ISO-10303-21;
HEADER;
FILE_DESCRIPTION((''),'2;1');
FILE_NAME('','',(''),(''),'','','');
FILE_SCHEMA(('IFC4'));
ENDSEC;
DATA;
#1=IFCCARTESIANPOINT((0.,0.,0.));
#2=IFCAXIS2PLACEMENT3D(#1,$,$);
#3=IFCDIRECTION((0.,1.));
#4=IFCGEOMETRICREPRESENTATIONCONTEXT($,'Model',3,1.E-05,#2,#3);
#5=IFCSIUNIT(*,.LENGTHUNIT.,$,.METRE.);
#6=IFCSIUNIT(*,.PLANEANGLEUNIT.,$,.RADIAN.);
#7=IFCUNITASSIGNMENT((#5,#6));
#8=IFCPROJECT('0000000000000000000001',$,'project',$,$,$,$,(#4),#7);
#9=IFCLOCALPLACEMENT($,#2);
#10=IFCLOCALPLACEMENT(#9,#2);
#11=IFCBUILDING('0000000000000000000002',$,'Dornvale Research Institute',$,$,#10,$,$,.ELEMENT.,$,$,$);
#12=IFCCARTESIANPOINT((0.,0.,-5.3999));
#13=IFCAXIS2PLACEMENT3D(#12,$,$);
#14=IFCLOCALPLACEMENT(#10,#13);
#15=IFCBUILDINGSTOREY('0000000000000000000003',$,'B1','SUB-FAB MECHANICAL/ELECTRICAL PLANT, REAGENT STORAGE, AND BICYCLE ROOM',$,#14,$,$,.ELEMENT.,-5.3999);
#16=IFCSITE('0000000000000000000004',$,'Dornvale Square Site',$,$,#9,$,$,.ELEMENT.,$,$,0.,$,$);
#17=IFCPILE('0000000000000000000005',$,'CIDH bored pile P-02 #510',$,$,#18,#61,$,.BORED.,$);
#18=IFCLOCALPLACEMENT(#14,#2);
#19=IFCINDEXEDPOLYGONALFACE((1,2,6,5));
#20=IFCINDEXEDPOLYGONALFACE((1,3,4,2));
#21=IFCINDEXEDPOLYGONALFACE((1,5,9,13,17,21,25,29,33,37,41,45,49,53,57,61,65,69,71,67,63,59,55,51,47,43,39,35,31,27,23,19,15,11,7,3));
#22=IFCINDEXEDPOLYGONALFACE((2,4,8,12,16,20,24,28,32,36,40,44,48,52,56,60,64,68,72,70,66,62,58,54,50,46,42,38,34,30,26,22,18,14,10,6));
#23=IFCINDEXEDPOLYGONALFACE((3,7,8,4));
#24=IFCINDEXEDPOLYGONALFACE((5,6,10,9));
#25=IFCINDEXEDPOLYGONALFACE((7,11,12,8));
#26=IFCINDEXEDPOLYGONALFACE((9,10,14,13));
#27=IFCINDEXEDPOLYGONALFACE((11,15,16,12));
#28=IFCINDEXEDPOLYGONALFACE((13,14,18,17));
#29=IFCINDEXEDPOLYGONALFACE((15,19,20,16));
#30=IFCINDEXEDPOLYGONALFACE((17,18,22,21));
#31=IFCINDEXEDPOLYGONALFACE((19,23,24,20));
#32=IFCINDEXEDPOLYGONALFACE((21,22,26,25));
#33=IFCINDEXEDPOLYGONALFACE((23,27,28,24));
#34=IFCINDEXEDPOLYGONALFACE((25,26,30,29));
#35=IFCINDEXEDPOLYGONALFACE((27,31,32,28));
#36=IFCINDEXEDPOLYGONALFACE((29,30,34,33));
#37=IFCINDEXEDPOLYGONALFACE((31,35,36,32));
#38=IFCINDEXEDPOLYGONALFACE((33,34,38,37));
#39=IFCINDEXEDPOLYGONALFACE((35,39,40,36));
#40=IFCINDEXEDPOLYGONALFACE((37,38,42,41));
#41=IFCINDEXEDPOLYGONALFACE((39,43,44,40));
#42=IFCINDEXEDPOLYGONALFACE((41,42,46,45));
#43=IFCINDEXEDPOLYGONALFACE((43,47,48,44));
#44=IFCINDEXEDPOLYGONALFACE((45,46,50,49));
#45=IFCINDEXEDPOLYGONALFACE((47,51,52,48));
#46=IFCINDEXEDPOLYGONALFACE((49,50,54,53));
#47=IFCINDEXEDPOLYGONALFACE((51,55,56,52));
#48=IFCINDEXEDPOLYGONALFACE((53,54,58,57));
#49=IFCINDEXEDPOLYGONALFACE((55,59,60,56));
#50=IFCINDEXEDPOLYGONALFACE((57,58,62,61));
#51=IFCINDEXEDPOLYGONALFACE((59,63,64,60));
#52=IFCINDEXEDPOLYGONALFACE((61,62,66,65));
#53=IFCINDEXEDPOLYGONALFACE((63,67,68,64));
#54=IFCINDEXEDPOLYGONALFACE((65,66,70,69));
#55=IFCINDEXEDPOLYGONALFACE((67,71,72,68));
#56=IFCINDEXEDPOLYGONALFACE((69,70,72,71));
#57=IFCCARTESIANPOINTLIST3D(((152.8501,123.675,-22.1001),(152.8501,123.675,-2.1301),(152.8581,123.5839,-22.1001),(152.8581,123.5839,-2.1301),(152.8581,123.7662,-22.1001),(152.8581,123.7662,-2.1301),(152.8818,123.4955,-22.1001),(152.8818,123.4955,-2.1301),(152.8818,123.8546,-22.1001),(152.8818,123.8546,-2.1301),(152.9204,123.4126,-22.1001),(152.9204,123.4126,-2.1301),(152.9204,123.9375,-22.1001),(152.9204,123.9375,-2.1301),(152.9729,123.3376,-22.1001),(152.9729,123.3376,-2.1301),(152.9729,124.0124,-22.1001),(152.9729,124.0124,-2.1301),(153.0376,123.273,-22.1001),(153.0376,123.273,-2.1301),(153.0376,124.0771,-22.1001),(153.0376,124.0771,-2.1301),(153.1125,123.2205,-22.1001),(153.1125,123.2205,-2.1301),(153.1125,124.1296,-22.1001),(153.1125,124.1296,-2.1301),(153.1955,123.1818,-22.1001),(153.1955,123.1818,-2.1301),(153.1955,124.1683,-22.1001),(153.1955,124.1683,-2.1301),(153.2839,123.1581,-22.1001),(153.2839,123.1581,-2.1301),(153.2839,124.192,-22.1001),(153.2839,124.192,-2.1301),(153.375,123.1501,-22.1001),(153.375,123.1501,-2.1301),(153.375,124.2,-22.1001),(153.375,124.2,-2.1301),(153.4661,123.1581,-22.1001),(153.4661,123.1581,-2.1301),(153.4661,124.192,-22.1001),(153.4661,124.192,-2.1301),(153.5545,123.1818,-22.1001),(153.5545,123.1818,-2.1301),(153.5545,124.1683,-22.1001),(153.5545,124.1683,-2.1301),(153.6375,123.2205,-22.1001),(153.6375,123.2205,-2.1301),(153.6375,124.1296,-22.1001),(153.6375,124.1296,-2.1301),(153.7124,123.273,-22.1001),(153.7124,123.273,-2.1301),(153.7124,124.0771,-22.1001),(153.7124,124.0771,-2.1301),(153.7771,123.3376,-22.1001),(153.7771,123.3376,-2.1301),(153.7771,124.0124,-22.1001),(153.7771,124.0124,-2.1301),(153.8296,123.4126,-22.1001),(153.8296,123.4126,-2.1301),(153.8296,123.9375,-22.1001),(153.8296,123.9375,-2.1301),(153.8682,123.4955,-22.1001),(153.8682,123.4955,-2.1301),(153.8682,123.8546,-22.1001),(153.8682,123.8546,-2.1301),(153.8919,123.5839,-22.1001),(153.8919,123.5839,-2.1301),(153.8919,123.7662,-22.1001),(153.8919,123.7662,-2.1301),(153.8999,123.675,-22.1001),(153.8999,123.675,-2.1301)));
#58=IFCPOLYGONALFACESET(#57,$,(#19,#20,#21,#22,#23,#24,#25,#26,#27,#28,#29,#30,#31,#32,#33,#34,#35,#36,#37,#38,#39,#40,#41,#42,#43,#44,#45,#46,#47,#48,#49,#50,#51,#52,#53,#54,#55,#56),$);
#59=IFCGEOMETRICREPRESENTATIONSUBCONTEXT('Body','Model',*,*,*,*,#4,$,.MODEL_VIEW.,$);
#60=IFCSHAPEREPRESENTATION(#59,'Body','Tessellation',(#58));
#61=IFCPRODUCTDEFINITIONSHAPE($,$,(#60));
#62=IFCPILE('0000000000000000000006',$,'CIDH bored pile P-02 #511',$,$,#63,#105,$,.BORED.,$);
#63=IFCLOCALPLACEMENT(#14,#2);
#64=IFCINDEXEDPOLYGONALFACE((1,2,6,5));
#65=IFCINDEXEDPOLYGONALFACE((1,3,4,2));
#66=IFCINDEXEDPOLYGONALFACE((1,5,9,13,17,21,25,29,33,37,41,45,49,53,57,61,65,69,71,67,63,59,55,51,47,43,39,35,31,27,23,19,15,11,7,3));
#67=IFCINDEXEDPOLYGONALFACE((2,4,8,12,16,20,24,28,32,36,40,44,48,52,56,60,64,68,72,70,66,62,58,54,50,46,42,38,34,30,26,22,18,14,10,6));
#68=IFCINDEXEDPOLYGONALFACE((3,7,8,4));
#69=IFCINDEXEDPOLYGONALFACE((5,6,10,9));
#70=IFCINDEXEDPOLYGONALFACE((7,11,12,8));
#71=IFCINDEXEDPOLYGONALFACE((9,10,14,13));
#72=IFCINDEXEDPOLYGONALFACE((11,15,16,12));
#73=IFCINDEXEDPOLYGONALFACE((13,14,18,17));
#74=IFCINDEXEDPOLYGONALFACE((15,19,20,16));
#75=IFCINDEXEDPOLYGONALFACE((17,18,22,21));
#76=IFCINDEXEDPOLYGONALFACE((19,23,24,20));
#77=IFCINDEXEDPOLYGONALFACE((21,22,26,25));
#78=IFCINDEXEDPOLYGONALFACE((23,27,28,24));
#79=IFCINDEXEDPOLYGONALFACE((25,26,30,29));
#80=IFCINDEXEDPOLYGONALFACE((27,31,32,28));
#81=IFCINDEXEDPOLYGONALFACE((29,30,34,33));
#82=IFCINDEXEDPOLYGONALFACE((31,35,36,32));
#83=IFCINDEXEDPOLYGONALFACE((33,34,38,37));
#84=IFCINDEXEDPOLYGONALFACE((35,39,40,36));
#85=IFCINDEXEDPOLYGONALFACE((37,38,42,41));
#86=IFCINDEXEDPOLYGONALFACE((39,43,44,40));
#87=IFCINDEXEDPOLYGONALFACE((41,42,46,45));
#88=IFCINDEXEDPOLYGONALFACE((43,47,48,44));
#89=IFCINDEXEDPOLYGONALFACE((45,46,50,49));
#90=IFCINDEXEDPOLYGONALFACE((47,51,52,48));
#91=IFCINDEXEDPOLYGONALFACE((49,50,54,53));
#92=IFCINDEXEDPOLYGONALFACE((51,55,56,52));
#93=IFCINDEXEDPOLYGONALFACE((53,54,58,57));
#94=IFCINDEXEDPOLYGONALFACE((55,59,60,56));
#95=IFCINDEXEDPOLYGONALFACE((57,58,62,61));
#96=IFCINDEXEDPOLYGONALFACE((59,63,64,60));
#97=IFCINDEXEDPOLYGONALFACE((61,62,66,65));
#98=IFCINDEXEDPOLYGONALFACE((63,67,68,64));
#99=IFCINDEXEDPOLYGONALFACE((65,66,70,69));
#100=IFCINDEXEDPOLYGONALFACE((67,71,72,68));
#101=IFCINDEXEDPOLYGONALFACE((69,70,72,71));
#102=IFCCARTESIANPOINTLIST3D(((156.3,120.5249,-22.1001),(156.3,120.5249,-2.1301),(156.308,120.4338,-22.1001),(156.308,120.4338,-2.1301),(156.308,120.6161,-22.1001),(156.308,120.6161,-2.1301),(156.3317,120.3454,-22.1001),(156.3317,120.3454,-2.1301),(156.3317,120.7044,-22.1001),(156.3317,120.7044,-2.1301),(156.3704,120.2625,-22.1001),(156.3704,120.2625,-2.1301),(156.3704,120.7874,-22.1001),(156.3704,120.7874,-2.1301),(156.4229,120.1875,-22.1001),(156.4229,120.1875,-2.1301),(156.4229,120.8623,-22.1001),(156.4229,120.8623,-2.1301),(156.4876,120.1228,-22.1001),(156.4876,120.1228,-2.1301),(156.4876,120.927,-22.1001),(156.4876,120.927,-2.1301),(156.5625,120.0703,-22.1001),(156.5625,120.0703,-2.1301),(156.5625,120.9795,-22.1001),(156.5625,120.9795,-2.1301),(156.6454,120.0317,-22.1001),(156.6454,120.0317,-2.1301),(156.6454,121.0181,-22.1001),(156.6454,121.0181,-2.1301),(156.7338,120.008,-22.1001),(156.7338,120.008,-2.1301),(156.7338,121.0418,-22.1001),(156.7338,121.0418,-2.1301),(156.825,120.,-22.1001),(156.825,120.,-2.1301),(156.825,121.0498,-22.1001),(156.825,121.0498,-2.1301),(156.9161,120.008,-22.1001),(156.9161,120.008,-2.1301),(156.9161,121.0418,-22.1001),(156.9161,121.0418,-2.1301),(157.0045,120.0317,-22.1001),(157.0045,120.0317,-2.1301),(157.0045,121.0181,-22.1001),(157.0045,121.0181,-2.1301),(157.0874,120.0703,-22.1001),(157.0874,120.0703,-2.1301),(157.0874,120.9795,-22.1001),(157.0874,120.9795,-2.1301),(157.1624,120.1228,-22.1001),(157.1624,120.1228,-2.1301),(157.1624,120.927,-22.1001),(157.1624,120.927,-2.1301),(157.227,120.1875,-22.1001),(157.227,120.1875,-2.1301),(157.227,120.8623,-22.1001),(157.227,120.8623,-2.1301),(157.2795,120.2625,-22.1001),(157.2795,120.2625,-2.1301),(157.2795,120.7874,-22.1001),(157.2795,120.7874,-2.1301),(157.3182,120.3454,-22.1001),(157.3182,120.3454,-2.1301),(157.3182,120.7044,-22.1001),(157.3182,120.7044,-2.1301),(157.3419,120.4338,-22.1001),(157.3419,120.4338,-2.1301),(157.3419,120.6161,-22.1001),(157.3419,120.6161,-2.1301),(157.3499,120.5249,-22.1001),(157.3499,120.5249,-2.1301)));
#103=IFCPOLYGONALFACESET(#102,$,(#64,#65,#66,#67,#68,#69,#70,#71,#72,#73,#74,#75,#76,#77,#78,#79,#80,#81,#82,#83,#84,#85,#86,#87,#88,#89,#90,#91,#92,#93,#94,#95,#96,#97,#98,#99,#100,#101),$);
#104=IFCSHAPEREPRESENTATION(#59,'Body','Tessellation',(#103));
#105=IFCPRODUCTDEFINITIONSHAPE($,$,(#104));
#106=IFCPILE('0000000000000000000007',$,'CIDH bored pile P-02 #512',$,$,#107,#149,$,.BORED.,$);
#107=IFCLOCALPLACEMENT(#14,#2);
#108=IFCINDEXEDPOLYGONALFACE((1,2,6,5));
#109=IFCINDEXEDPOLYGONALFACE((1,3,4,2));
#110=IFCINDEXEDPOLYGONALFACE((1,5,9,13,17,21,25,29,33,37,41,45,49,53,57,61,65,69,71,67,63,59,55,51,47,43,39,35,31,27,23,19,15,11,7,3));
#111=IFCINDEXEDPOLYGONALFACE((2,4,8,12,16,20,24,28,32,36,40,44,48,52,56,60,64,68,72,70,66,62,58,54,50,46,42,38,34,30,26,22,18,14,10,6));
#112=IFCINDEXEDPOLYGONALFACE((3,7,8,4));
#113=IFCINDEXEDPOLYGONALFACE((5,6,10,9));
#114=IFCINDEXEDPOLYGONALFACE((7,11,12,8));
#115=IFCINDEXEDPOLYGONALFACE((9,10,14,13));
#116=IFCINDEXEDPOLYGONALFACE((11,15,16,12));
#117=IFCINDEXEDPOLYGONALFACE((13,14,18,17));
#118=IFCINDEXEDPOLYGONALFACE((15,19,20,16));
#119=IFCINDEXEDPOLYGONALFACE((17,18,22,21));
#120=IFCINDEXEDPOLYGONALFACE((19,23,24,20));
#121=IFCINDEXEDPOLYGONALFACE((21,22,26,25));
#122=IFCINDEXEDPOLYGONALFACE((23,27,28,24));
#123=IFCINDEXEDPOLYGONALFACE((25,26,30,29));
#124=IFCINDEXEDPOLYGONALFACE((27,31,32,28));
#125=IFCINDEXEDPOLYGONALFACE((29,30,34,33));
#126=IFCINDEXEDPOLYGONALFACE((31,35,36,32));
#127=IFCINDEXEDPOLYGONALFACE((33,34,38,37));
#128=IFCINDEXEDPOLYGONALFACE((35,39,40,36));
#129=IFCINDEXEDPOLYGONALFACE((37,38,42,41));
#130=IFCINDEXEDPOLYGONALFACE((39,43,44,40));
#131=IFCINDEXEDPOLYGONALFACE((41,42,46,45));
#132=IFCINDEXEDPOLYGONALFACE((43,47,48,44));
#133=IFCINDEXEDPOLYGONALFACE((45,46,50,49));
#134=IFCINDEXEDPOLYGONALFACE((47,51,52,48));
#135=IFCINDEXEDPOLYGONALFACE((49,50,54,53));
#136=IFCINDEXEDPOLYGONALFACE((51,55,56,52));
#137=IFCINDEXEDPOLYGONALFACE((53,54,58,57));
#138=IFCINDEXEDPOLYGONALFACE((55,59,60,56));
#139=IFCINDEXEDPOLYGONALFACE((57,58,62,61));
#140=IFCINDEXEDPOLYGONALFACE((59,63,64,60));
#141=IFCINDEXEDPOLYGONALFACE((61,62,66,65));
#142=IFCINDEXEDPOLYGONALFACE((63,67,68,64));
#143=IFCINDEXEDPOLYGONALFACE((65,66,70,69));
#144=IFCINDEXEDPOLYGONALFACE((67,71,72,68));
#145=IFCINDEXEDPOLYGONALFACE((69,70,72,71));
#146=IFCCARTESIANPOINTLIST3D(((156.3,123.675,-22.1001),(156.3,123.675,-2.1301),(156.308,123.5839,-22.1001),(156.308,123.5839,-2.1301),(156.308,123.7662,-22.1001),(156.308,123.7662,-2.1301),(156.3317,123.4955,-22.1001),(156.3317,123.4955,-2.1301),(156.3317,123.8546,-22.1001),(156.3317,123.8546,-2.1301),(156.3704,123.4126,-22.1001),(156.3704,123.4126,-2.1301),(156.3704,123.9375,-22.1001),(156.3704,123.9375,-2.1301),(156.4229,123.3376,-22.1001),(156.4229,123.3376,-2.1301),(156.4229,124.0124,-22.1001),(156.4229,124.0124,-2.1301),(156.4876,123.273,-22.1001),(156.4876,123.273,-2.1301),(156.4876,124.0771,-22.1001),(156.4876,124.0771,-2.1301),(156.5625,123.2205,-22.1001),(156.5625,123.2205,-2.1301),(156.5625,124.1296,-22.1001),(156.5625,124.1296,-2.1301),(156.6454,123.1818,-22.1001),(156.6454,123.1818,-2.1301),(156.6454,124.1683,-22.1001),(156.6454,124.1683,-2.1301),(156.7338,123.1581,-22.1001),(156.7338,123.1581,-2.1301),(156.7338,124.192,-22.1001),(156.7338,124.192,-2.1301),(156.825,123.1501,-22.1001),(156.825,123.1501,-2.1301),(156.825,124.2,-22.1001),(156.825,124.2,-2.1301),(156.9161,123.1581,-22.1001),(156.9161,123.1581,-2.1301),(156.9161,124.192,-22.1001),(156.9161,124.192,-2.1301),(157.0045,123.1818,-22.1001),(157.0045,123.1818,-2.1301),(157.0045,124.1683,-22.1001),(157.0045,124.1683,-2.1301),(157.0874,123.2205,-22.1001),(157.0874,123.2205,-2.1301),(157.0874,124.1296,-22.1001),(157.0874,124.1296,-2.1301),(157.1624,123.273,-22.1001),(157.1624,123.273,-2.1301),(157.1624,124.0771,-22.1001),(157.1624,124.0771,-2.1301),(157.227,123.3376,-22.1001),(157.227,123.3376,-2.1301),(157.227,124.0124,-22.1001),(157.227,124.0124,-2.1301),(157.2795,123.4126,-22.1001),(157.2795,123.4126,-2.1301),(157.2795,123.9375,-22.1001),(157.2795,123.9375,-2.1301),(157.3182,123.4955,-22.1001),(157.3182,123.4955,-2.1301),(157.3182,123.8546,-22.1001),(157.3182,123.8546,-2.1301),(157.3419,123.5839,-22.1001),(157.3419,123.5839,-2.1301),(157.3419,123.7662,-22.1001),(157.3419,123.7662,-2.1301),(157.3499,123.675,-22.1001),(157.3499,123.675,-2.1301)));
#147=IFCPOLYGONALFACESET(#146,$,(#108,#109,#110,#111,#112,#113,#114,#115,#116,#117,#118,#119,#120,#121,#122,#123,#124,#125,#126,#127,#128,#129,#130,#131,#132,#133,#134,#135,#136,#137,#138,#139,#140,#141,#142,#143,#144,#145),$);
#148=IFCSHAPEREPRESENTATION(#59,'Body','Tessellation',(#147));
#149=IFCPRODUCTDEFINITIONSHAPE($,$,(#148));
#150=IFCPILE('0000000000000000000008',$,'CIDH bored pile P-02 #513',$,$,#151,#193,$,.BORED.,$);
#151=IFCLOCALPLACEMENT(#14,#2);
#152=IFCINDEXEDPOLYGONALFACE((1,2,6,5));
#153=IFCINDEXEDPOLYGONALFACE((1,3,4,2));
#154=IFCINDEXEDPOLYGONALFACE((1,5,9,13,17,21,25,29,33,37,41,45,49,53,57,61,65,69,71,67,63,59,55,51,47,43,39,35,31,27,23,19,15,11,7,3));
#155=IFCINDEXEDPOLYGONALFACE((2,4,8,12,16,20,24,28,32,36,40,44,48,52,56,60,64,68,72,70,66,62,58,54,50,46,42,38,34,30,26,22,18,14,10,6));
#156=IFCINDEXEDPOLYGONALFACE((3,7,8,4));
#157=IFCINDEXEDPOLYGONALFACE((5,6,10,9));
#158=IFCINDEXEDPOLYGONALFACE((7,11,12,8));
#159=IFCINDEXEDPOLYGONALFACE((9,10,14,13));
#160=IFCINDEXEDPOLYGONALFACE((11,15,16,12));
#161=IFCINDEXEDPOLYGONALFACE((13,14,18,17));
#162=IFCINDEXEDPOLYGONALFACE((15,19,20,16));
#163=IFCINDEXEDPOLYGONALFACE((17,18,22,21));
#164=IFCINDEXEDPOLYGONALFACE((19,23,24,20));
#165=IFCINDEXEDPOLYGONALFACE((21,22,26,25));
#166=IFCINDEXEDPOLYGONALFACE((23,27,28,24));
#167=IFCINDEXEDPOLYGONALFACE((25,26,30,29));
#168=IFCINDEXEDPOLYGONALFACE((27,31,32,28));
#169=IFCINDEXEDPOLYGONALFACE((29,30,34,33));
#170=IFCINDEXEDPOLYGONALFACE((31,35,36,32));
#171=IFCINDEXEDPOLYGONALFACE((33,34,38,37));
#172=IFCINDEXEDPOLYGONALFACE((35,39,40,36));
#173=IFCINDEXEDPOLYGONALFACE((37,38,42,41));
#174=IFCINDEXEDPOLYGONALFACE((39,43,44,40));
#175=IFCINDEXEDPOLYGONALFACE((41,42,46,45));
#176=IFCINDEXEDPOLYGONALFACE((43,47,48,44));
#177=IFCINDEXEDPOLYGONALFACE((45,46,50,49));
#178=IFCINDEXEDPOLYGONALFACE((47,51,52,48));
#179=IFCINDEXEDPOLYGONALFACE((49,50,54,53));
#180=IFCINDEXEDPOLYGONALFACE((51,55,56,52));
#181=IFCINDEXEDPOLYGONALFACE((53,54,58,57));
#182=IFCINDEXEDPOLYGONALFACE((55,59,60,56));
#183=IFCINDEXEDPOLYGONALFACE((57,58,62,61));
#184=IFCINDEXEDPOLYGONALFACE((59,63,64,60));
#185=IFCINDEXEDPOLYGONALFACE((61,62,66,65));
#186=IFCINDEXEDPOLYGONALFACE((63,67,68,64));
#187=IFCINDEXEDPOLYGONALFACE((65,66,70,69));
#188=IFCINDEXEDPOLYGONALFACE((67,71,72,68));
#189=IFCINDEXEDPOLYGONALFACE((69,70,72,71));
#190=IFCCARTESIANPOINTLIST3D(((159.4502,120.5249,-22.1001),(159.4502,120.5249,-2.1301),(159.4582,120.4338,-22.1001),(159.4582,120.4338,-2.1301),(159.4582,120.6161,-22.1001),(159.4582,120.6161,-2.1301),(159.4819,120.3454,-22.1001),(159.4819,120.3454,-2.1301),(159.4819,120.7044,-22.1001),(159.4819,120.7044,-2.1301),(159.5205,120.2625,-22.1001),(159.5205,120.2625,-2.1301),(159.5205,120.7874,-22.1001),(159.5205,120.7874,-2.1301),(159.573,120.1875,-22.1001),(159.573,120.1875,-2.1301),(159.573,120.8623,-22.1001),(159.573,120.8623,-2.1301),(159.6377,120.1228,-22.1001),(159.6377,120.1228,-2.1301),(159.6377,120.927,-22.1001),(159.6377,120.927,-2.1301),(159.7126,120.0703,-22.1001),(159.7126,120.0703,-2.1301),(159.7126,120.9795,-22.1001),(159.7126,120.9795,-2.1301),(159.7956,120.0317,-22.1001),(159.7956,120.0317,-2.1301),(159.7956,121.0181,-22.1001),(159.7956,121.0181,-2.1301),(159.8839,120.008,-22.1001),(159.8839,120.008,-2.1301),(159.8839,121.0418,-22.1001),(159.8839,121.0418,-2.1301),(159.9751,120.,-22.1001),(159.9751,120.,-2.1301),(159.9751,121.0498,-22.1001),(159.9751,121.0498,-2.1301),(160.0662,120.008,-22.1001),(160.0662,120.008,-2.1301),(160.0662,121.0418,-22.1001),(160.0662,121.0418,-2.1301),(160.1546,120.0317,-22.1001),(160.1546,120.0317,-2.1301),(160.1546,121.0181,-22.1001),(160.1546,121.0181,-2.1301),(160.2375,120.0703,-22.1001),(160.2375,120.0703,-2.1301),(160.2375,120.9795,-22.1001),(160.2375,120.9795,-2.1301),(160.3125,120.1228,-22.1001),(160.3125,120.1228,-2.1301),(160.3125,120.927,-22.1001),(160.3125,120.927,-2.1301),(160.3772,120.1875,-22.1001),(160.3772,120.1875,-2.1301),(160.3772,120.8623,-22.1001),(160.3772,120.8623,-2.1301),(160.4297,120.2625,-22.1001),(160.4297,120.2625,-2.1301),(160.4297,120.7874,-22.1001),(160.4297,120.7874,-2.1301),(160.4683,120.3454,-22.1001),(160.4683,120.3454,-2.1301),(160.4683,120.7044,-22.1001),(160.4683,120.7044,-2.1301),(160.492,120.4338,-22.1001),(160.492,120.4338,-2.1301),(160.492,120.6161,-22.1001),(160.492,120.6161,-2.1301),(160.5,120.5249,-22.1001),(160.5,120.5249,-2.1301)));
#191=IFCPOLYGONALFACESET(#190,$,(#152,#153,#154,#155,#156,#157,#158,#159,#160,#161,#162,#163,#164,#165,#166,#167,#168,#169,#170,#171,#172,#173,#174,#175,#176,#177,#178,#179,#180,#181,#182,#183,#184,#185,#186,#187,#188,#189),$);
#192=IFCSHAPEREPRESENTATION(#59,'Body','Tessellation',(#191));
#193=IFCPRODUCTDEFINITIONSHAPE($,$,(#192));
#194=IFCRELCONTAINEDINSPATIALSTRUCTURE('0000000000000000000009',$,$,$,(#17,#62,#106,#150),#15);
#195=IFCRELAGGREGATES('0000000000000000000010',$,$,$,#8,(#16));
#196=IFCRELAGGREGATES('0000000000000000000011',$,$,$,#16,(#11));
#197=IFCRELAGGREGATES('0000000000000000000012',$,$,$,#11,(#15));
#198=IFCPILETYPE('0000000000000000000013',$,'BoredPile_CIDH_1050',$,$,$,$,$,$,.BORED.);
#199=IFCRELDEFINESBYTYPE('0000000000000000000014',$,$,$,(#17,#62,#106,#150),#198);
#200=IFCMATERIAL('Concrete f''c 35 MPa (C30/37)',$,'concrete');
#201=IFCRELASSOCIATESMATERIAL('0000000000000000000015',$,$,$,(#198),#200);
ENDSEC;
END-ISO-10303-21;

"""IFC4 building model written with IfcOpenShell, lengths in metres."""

from ifc_helpers import new_model, si_unit, direction, frame, origin, origin_2d, place, context, subcontext, project, spatial, circle, extrude, material, material_profile, profile_set, type_object, element, save


model = new_model("IFC4")

# Units and contexts
model_context = context("Model", 3, precision=1e-05, world=origin(), true_north=direction((0.0, 1.0)))
body_context = subcontext(model_context, "Body", "Model", "MODEL_VIEW")
ifc_project = project(units=[si_unit("LENGTHUNIT", "METRE"), si_unit("PLANEANGLEUNIT", "RADIAN")], contexts=[model_context])

# Site, building, storey
site_placement = place(None, origin())
site = spatial("IfcSite", under=ifc_project, at=site_placement, Name="Dornvale Square Site", CompositionType="ELEMENT", RefElevation=0.0)
building_placement = place(site_placement, origin())
building = spatial("IfcBuilding", under=site, at=building_placement, Name="Dornvale Research Institute", CompositionType="ELEMENT")
storey_placement = place(building_placement, frame((0.0, 0.0, -5.3999)))
storey = spatial("IfcBuildingStorey", under=building, at=storey_placement, Name="B1", Description="SUB-FAB MECHANICAL/ELECTRICAL PLANT, REAGENT STORAGE, AND BICYCLE ROOM", CompositionType="ELEMENT", Elevation=-5.3999)

# Piles
ifc_material_1 = material(Name="Concrete f'c 35 MPa (C30/37)", Category="concrete")
ifc_material_profile_1 = material_profile(ifc_material_1, circle(Radius=0.5249, at=origin_2d()), Name="CIDH PILE D1050")
ifc_profile_set_1 = profile_set([ifc_material_profile_1], Name="Concrete f'c 35 MPa (C30/37)")
pile_type = type_object("IfcPileType", Name="BoredPile_CIDH_1050", PredefinedType="BORED", material=ifc_profile_set_1)
for number, where, z_axis, x_axis, name in (
    (1, (153.375, 123.675, -2.1301), (0.0, 0.0, -1.0), (1.0, 0.0, 0.0), "CIDH bored pile P-02 #510"),
    (2, (156.825, 120.5249, -2.1301), (0.0, 0.0, -1.0), (1.0, 0.0, 0.0), "CIDH bored pile P-02 #511"),
    (3, (156.825, 123.675, -2.1301), (0.0, 0.0, -1.0), (1.0, 0.0, 0.0), "CIDH bored pile P-02 #512"),
    (4, (159.9751, 120.5249, -2.1301), (0.0, 0.0, -1.0), (1.0, 0.0, 0.0), "CIDH bored pile P-02 #513"),
):
    element("IfcPile", number, at=place(storey_placement, frame(where, z_axis=z_axis, x_axis=x_axis)), inside=storey, type_object=pile_type, Name=name, PredefinedType="BORED", context=body_context, shape_type="SweptSolid", body=[
        extrude(circle(Radius=0.5249, at=origin_2d()), origin(), (0.0, 0.0, 1.0), 19.97),
    ])

save(model, "model.ifc")
